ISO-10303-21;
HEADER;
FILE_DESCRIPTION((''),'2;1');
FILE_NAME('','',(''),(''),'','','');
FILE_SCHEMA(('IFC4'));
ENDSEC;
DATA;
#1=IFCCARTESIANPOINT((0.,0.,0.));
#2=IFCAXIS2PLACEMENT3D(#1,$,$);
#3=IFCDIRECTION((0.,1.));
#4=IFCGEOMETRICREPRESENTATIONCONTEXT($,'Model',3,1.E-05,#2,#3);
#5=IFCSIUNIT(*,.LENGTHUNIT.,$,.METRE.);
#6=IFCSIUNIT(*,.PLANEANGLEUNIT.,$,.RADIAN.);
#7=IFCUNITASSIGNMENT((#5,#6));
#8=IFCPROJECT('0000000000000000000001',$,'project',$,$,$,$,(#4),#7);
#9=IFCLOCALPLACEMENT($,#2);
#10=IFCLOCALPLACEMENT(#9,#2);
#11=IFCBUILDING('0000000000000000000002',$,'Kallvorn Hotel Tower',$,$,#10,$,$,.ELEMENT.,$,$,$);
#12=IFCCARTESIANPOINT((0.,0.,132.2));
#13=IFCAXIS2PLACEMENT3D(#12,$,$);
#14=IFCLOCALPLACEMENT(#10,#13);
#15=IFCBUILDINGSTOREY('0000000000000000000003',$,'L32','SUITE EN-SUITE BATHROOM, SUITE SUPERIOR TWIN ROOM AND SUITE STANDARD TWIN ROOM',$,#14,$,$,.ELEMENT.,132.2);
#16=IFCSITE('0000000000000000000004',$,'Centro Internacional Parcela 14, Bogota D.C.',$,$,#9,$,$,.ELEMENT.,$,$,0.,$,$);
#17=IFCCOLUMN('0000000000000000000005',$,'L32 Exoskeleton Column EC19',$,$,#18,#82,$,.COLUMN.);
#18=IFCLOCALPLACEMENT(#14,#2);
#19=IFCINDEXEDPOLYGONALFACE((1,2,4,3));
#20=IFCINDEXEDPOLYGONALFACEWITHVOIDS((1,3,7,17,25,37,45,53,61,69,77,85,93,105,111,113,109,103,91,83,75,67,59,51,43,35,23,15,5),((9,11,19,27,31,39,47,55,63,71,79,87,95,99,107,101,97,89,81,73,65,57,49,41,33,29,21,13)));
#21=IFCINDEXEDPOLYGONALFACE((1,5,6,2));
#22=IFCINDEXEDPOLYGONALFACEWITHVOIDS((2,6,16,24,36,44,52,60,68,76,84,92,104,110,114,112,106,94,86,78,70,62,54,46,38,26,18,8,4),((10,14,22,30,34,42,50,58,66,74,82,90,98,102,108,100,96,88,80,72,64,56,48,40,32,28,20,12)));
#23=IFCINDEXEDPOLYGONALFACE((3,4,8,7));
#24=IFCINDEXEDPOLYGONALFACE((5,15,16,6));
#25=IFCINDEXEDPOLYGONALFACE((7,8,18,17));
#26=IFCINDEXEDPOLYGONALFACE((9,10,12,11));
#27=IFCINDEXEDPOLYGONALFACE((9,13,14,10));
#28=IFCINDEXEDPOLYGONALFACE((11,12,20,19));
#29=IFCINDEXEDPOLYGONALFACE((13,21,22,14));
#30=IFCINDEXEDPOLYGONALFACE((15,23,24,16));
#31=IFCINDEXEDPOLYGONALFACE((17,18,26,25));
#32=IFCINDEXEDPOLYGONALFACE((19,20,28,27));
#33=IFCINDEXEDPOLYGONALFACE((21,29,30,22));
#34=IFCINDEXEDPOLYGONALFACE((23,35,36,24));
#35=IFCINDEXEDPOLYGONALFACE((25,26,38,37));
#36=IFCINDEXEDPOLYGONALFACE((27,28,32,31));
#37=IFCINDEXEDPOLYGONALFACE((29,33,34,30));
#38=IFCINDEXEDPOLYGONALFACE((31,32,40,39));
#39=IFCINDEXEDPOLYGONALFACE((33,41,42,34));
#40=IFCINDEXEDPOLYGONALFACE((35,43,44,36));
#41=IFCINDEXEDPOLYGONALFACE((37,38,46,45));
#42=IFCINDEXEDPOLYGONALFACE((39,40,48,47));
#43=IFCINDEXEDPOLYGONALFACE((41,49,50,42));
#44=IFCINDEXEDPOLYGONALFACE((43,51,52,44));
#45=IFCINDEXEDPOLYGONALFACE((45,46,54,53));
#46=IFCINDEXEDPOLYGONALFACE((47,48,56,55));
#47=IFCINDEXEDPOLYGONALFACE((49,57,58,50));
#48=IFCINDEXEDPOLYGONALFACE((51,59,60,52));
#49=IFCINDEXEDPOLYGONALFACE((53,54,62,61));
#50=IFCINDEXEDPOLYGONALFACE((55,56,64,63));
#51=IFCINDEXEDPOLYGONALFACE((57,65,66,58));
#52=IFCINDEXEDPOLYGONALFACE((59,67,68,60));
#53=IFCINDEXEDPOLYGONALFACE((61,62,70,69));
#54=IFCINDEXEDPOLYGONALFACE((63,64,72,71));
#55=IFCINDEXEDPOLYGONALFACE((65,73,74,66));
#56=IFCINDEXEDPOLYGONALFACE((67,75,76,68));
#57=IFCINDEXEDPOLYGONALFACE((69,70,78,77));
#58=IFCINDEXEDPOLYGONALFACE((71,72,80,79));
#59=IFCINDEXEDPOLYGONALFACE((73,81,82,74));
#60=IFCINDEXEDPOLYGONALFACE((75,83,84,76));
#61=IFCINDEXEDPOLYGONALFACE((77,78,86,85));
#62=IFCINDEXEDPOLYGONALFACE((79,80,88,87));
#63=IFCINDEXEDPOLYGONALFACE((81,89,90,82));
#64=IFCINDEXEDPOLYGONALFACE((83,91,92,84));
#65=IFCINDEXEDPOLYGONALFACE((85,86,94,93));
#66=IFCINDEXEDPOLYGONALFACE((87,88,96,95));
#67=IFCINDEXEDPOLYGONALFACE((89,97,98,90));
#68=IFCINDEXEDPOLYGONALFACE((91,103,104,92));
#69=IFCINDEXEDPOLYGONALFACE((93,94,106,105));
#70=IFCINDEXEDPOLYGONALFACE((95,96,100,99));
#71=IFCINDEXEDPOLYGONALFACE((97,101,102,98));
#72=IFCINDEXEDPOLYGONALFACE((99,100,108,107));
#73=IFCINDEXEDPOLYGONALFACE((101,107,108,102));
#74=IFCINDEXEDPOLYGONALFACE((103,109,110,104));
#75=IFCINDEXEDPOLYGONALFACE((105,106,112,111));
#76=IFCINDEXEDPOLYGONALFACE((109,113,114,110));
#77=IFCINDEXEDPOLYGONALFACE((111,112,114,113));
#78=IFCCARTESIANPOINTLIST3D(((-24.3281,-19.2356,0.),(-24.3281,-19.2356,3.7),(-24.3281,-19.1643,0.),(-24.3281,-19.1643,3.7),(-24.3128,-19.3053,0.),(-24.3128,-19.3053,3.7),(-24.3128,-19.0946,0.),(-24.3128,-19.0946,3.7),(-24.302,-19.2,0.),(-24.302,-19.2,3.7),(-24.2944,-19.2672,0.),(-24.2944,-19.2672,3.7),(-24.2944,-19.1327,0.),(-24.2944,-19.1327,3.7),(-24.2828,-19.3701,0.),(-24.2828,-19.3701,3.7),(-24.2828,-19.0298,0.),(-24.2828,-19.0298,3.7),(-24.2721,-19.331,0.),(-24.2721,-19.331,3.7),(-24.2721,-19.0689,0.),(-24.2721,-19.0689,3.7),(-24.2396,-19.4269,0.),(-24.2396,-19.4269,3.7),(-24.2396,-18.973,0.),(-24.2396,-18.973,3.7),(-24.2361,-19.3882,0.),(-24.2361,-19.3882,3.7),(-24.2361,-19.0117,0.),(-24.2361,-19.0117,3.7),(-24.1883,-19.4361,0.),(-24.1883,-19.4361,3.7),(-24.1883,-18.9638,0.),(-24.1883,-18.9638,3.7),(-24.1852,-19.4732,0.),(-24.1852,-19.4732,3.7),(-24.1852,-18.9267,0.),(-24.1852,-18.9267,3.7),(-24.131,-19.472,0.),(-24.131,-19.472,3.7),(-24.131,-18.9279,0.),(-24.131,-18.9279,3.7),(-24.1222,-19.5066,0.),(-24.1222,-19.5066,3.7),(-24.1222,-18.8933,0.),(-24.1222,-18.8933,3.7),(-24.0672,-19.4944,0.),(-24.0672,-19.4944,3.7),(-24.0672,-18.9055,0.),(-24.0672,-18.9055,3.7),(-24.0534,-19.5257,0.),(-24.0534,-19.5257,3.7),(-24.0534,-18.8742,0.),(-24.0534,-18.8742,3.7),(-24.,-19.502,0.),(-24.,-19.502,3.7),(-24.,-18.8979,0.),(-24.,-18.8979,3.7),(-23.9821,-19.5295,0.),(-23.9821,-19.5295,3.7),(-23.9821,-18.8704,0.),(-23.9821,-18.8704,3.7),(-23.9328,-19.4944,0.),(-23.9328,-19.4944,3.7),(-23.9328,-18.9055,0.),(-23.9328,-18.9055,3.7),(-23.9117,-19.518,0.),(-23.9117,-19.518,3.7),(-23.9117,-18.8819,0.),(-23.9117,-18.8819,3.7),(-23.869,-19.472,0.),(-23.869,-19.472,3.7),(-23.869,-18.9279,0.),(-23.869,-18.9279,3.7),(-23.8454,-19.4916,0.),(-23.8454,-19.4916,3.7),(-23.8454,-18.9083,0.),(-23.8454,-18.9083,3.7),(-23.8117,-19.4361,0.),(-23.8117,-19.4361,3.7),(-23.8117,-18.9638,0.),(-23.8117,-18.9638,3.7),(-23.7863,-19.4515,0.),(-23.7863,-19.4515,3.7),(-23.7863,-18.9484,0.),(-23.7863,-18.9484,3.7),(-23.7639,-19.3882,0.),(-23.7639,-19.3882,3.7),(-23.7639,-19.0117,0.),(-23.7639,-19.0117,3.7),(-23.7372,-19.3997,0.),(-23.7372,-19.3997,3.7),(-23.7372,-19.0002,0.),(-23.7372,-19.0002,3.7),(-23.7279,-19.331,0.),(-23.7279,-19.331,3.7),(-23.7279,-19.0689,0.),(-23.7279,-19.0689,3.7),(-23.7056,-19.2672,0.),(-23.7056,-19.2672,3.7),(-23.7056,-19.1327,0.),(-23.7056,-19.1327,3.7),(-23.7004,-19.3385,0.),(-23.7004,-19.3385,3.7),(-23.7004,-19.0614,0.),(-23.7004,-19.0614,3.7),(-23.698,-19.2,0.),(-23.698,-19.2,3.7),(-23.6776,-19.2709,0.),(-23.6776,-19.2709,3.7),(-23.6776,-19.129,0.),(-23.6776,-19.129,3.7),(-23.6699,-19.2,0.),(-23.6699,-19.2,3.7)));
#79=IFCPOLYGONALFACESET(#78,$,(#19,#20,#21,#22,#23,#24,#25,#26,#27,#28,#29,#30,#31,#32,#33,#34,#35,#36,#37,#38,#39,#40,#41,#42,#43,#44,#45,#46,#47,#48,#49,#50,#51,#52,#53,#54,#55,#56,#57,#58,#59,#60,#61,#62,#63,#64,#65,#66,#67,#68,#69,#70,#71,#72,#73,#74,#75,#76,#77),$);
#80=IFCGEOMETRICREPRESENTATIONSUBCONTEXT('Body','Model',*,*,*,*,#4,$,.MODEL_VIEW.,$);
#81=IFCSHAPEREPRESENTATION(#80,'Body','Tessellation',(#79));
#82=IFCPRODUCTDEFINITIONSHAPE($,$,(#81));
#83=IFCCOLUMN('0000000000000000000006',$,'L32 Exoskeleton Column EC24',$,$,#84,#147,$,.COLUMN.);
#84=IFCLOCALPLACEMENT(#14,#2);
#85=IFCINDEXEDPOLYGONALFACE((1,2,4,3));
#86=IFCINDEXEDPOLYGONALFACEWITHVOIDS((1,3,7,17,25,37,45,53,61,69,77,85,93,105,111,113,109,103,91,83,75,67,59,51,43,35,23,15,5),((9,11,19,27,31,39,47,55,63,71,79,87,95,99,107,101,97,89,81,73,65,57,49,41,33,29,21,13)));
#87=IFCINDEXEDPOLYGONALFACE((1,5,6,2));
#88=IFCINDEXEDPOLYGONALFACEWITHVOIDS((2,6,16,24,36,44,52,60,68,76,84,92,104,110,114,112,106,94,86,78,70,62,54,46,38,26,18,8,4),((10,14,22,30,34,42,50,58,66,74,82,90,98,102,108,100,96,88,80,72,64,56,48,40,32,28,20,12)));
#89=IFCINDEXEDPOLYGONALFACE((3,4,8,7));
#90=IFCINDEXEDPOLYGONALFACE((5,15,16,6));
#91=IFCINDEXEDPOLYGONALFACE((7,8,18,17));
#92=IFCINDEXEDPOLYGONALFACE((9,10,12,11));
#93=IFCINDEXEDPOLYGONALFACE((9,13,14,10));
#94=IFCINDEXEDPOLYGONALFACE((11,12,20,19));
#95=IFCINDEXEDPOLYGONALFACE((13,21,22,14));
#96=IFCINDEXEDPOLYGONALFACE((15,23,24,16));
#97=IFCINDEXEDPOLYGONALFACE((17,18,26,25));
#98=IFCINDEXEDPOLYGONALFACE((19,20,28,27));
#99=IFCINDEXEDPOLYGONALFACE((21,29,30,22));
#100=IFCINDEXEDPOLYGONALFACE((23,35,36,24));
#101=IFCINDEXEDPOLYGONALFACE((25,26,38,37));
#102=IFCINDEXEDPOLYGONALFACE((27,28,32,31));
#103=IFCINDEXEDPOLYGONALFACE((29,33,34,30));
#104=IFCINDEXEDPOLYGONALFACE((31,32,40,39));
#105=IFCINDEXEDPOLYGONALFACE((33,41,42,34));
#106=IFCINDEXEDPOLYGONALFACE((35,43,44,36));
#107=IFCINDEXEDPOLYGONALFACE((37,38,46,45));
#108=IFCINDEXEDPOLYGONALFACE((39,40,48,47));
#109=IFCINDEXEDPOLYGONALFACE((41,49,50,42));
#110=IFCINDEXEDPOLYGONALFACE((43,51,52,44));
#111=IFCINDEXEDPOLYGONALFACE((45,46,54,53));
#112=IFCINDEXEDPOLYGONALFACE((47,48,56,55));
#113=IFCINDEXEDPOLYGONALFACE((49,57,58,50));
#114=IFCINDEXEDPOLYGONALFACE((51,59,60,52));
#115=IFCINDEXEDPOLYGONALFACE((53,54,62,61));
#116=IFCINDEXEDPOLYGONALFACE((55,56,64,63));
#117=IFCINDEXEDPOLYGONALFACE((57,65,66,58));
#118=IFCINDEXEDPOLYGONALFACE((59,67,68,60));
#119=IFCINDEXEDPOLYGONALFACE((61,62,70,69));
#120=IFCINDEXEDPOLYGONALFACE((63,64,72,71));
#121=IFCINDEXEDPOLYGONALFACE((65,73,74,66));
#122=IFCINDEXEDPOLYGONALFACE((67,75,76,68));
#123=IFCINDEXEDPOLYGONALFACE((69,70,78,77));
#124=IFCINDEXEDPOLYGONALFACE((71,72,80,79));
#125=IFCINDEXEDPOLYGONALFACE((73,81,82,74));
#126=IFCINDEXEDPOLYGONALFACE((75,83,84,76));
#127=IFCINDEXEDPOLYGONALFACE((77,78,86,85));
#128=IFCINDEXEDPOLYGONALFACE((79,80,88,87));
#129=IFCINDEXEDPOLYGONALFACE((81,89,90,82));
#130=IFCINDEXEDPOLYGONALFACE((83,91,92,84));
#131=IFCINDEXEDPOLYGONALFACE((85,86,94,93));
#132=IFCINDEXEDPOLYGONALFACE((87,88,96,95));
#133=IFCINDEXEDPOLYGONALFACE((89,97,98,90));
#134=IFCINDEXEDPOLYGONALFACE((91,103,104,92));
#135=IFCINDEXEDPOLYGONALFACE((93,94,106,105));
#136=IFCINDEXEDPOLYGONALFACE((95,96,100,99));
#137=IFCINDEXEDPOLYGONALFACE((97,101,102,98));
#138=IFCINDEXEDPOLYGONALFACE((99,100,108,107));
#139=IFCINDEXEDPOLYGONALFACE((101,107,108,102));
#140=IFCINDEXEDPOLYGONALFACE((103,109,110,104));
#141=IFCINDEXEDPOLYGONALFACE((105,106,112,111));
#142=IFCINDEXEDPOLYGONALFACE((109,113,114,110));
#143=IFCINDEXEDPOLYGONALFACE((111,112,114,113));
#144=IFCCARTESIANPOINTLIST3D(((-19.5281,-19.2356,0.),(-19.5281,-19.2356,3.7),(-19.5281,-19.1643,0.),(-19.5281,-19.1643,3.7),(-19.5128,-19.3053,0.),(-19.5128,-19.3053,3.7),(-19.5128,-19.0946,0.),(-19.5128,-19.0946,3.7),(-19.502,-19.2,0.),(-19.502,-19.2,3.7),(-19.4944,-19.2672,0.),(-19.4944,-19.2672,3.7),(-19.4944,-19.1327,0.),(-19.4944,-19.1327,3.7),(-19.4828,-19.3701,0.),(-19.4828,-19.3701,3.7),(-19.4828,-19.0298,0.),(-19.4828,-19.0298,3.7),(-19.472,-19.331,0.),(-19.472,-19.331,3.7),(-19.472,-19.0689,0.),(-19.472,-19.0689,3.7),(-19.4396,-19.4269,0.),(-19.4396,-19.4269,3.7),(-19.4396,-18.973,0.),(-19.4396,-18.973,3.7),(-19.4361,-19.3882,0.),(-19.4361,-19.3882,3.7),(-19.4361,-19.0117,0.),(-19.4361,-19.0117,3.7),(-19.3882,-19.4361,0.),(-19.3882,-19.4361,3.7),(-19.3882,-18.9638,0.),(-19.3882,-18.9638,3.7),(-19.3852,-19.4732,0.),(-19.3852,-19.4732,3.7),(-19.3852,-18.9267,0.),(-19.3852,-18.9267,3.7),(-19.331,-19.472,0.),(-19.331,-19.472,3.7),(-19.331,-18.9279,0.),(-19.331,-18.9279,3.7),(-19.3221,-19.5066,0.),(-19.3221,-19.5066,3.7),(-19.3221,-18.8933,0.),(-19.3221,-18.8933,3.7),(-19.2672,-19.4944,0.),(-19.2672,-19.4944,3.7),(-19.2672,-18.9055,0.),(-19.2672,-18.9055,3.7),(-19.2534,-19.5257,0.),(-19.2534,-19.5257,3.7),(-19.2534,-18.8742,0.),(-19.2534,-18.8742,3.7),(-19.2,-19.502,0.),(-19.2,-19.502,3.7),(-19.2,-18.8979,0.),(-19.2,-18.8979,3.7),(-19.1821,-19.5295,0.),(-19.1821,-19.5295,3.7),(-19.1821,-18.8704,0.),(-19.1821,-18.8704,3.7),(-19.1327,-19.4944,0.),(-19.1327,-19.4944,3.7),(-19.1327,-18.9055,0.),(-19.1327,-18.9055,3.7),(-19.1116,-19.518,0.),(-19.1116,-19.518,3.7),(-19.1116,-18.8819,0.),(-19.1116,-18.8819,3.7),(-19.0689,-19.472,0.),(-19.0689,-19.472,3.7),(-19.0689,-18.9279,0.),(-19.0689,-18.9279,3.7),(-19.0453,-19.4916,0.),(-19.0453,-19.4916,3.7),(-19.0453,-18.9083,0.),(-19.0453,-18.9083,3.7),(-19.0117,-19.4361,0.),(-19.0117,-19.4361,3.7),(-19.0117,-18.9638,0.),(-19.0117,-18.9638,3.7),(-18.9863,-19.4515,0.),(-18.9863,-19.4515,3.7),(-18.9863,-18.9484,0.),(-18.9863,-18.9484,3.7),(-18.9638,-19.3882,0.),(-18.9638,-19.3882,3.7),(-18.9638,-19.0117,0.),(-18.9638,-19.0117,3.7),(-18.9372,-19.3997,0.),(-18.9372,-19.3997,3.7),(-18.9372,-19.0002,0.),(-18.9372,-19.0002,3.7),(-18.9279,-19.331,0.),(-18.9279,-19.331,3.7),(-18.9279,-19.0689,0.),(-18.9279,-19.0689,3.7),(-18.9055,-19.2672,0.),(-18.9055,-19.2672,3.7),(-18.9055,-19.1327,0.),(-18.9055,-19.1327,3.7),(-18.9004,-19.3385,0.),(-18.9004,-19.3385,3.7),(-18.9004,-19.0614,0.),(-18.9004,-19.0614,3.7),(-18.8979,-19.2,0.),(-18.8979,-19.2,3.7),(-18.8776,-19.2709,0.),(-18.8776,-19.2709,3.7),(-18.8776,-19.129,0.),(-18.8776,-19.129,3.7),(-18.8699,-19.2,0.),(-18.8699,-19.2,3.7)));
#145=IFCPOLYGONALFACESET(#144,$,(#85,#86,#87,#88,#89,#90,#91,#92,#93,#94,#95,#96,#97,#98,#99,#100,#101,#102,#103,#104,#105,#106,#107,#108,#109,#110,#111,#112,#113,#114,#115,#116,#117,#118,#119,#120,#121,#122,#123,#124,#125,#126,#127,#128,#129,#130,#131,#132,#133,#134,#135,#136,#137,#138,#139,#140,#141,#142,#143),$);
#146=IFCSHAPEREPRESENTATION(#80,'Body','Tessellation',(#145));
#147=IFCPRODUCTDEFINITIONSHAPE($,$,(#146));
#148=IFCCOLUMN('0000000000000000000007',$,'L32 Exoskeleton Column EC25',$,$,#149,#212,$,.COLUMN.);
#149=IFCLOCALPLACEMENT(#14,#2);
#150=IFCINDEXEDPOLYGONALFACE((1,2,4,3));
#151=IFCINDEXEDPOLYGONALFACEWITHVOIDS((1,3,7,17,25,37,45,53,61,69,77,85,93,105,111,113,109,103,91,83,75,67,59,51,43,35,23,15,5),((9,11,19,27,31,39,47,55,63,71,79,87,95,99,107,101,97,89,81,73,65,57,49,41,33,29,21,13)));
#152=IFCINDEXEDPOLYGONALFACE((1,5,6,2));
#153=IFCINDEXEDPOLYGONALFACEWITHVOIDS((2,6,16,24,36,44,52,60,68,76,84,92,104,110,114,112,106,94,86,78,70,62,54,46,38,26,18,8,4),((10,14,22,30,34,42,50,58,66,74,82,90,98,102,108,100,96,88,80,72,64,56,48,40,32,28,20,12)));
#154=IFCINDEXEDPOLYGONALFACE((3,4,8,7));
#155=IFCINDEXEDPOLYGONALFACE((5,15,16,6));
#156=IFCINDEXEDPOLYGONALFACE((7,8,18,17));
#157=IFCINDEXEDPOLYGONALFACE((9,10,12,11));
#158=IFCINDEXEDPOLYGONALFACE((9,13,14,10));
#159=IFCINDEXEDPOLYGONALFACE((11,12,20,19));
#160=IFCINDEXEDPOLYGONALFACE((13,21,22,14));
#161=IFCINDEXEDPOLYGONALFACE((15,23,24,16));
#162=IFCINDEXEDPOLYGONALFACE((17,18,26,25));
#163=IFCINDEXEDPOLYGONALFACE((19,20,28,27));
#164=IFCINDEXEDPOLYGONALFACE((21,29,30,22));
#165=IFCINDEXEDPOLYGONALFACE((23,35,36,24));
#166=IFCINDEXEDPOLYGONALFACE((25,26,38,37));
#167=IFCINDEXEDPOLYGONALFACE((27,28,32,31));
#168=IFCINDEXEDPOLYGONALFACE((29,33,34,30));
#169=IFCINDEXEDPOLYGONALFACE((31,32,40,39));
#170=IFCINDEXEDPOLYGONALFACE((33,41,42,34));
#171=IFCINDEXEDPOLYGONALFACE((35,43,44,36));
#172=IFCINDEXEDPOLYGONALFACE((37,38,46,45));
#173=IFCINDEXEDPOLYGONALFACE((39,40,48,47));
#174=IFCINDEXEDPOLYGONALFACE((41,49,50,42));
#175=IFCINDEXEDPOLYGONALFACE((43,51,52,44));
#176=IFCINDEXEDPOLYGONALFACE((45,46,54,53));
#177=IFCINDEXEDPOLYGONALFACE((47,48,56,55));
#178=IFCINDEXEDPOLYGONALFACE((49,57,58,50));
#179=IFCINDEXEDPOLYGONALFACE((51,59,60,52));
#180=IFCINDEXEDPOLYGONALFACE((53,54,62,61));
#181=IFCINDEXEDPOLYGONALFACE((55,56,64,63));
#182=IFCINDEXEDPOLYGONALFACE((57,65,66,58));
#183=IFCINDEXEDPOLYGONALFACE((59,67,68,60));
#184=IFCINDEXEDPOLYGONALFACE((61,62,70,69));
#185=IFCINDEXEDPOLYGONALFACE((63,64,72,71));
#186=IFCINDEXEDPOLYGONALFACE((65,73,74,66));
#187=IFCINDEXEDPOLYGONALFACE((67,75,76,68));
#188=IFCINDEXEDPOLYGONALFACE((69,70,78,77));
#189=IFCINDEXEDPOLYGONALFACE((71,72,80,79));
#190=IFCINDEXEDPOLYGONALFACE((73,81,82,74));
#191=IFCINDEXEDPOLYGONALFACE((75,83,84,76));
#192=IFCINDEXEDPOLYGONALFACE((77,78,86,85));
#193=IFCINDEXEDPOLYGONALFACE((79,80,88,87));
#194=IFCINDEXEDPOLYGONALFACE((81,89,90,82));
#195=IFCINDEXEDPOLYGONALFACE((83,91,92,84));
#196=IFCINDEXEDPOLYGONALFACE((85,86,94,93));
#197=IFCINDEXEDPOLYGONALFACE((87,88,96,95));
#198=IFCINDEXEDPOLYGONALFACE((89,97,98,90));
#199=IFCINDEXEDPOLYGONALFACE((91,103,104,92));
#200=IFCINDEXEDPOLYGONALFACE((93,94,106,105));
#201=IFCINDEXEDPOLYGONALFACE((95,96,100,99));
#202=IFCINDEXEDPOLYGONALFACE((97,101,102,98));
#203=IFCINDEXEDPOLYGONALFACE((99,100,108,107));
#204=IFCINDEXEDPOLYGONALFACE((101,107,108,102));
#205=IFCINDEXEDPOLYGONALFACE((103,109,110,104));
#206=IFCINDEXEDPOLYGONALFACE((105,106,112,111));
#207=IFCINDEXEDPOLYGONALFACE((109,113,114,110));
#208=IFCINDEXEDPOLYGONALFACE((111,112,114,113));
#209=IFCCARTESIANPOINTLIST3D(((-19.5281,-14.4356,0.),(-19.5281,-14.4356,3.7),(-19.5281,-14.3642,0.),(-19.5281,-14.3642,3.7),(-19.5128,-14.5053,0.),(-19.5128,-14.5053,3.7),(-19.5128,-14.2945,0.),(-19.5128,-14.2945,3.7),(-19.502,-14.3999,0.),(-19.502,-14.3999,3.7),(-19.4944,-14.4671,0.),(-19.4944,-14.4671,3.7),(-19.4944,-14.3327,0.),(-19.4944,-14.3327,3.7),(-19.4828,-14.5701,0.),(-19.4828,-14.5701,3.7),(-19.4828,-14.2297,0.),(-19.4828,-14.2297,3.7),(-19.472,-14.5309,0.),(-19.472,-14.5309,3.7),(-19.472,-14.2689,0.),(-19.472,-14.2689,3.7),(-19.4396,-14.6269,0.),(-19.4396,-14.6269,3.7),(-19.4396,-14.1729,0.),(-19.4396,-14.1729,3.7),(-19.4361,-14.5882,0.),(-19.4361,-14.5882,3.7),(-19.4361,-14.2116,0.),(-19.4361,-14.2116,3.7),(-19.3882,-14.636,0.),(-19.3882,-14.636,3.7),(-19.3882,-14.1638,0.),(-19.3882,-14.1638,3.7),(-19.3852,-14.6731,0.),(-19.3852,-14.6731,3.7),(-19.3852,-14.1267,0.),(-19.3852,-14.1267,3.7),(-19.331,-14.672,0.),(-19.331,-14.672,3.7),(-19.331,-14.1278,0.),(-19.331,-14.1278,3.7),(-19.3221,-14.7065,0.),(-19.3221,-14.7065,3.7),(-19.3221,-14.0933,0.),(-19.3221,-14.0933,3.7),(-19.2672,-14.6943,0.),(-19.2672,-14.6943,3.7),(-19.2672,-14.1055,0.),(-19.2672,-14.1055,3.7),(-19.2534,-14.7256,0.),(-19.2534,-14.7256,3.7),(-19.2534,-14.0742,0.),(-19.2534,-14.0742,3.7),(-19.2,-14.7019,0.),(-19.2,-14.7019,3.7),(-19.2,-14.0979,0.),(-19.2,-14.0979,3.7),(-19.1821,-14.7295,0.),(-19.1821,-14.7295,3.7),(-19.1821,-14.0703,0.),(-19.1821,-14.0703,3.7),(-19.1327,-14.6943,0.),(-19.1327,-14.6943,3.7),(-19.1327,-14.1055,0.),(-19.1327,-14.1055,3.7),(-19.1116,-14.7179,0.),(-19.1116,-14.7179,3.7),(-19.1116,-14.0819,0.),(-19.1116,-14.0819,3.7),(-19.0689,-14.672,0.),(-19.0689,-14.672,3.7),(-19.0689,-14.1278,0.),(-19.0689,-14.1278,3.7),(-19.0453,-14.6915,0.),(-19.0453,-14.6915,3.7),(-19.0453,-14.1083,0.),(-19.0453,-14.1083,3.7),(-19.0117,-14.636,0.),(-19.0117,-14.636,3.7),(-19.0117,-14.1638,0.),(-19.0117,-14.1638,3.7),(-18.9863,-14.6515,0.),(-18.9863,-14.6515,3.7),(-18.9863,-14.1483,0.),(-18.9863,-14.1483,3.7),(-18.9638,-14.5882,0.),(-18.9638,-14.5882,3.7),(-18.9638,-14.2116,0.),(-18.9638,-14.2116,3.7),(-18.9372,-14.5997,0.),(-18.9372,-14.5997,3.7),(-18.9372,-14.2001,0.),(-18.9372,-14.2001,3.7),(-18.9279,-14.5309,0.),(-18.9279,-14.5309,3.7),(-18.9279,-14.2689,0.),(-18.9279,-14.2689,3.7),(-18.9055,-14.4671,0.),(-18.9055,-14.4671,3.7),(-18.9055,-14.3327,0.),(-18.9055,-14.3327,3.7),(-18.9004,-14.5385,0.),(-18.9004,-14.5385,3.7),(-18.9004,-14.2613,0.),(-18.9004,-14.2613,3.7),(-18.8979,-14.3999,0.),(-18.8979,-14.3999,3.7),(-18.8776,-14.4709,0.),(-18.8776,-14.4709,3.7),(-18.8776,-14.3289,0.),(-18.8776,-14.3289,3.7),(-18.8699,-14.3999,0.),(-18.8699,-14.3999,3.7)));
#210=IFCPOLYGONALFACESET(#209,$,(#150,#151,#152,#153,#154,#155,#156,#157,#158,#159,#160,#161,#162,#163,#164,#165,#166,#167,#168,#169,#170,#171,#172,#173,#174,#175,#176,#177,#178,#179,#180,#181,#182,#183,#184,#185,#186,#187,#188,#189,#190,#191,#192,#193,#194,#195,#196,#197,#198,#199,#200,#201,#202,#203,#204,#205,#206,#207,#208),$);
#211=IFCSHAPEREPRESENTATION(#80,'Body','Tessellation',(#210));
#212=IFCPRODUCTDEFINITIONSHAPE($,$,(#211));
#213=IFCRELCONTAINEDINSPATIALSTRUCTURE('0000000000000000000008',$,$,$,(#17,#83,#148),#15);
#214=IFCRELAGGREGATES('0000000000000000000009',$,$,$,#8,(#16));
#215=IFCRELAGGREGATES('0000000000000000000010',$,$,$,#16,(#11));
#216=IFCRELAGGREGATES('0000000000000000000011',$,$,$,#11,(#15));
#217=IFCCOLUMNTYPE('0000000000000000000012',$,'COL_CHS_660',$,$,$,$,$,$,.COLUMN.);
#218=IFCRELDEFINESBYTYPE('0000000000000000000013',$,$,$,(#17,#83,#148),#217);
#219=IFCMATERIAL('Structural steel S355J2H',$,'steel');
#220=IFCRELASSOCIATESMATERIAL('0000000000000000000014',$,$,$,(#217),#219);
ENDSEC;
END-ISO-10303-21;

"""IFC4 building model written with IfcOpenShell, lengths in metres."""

from ifc_helpers import new_model, si_unit, direction, frame, origin, origin_2d, place, context, subcontext, project, spatial, hollow_circle, extrude, material, material_profile, profile_set, type_object, element, save


model = new_model("IFC4")

# Units and contexts
model_context = context("Model", 3, precision=1e-05, world=origin(), true_north=direction((0.0, 1.0)))
body_context = subcontext(model_context, "Body", "Model", "MODEL_VIEW")
ifc_project = project(units=[si_unit("LENGTHUNIT", "METRE"), si_unit("PLANEANGLEUNIT", "RADIAN")], contexts=[model_context])

# Site, building, storey
site_placement = place(None, origin())
site = spatial("IfcSite", under=ifc_project, at=site_placement, Name="Centro Internacional Parcela 14, Bogota D.C.", CompositionType="ELEMENT", RefElevation=0.0)
building_placement = place(site_placement, origin())
building = spatial("IfcBuilding", under=site, at=building_placement, Name="Kallvorn Hotel Tower", CompositionType="ELEMENT")
storey_placement = place(building_placement, frame((0.0, 0.0, 132.2)))
storey = spatial("IfcBuildingStorey", under=building, at=storey_placement, Name="L32", Description="SUITE EN-SUITE BATHROOM, SUITE SUPERIOR TWIN ROOM AND SUITE STANDARD TWIN ROOM", CompositionType="ELEMENT", Elevation=132.2)

# Columns
ifc_material_1 = material(Name="Structural steel S355J2H", Category="steel")
ifc_material_profile_1 = material_profile(ifc_material_1, hollow_circle(Radius=0.3301, WallThickness=0.0281, at=origin_2d()), Name="CHS 660x28")
ifc_profile_set_1 = profile_set([ifc_material_profile_1], Name="Structural steel S355J2H")
column_type_1 = type_object("IfcColumnType", Name="COL_CHS_660", PredefinedType="COLUMN", material=ifc_profile_set_1)
for number, where, z_axis, x_axis, name in (
    (1, (-24.0, -19.2, 0.0), (0.0, 0.0, 1.0), (1.0, 0.0, 0.0), "L32 Exoskeleton Column EC19"),
    (2, (-19.2, -19.2, 0.0), (0.0, 0.0, 1.0), (1.0, 0.0, 0.0), "L32 Exoskeleton Column EC24"),
    (3, (-19.2, -14.3999, 0.0), (0.0, 0.0, 1.0), (1.0, 0.0, 0.0), "L32 Exoskeleton Column EC25"),
):
    element("IfcColumn", number, at=place(storey_placement, frame(where, z_axis=z_axis, x_axis=x_axis)), inside=storey, type_object=column_type_1, Name=name, PredefinedType="COLUMN", context=body_context, shape_type="SweptSolid", body=[
        extrude(hollow_circle(Radius=0.3301, WallThickness=0.0281, at=origin_2d()), origin(), (0.0, 0.0, 1.0), 3.7),
    ])

save(model, "model.ifc")
